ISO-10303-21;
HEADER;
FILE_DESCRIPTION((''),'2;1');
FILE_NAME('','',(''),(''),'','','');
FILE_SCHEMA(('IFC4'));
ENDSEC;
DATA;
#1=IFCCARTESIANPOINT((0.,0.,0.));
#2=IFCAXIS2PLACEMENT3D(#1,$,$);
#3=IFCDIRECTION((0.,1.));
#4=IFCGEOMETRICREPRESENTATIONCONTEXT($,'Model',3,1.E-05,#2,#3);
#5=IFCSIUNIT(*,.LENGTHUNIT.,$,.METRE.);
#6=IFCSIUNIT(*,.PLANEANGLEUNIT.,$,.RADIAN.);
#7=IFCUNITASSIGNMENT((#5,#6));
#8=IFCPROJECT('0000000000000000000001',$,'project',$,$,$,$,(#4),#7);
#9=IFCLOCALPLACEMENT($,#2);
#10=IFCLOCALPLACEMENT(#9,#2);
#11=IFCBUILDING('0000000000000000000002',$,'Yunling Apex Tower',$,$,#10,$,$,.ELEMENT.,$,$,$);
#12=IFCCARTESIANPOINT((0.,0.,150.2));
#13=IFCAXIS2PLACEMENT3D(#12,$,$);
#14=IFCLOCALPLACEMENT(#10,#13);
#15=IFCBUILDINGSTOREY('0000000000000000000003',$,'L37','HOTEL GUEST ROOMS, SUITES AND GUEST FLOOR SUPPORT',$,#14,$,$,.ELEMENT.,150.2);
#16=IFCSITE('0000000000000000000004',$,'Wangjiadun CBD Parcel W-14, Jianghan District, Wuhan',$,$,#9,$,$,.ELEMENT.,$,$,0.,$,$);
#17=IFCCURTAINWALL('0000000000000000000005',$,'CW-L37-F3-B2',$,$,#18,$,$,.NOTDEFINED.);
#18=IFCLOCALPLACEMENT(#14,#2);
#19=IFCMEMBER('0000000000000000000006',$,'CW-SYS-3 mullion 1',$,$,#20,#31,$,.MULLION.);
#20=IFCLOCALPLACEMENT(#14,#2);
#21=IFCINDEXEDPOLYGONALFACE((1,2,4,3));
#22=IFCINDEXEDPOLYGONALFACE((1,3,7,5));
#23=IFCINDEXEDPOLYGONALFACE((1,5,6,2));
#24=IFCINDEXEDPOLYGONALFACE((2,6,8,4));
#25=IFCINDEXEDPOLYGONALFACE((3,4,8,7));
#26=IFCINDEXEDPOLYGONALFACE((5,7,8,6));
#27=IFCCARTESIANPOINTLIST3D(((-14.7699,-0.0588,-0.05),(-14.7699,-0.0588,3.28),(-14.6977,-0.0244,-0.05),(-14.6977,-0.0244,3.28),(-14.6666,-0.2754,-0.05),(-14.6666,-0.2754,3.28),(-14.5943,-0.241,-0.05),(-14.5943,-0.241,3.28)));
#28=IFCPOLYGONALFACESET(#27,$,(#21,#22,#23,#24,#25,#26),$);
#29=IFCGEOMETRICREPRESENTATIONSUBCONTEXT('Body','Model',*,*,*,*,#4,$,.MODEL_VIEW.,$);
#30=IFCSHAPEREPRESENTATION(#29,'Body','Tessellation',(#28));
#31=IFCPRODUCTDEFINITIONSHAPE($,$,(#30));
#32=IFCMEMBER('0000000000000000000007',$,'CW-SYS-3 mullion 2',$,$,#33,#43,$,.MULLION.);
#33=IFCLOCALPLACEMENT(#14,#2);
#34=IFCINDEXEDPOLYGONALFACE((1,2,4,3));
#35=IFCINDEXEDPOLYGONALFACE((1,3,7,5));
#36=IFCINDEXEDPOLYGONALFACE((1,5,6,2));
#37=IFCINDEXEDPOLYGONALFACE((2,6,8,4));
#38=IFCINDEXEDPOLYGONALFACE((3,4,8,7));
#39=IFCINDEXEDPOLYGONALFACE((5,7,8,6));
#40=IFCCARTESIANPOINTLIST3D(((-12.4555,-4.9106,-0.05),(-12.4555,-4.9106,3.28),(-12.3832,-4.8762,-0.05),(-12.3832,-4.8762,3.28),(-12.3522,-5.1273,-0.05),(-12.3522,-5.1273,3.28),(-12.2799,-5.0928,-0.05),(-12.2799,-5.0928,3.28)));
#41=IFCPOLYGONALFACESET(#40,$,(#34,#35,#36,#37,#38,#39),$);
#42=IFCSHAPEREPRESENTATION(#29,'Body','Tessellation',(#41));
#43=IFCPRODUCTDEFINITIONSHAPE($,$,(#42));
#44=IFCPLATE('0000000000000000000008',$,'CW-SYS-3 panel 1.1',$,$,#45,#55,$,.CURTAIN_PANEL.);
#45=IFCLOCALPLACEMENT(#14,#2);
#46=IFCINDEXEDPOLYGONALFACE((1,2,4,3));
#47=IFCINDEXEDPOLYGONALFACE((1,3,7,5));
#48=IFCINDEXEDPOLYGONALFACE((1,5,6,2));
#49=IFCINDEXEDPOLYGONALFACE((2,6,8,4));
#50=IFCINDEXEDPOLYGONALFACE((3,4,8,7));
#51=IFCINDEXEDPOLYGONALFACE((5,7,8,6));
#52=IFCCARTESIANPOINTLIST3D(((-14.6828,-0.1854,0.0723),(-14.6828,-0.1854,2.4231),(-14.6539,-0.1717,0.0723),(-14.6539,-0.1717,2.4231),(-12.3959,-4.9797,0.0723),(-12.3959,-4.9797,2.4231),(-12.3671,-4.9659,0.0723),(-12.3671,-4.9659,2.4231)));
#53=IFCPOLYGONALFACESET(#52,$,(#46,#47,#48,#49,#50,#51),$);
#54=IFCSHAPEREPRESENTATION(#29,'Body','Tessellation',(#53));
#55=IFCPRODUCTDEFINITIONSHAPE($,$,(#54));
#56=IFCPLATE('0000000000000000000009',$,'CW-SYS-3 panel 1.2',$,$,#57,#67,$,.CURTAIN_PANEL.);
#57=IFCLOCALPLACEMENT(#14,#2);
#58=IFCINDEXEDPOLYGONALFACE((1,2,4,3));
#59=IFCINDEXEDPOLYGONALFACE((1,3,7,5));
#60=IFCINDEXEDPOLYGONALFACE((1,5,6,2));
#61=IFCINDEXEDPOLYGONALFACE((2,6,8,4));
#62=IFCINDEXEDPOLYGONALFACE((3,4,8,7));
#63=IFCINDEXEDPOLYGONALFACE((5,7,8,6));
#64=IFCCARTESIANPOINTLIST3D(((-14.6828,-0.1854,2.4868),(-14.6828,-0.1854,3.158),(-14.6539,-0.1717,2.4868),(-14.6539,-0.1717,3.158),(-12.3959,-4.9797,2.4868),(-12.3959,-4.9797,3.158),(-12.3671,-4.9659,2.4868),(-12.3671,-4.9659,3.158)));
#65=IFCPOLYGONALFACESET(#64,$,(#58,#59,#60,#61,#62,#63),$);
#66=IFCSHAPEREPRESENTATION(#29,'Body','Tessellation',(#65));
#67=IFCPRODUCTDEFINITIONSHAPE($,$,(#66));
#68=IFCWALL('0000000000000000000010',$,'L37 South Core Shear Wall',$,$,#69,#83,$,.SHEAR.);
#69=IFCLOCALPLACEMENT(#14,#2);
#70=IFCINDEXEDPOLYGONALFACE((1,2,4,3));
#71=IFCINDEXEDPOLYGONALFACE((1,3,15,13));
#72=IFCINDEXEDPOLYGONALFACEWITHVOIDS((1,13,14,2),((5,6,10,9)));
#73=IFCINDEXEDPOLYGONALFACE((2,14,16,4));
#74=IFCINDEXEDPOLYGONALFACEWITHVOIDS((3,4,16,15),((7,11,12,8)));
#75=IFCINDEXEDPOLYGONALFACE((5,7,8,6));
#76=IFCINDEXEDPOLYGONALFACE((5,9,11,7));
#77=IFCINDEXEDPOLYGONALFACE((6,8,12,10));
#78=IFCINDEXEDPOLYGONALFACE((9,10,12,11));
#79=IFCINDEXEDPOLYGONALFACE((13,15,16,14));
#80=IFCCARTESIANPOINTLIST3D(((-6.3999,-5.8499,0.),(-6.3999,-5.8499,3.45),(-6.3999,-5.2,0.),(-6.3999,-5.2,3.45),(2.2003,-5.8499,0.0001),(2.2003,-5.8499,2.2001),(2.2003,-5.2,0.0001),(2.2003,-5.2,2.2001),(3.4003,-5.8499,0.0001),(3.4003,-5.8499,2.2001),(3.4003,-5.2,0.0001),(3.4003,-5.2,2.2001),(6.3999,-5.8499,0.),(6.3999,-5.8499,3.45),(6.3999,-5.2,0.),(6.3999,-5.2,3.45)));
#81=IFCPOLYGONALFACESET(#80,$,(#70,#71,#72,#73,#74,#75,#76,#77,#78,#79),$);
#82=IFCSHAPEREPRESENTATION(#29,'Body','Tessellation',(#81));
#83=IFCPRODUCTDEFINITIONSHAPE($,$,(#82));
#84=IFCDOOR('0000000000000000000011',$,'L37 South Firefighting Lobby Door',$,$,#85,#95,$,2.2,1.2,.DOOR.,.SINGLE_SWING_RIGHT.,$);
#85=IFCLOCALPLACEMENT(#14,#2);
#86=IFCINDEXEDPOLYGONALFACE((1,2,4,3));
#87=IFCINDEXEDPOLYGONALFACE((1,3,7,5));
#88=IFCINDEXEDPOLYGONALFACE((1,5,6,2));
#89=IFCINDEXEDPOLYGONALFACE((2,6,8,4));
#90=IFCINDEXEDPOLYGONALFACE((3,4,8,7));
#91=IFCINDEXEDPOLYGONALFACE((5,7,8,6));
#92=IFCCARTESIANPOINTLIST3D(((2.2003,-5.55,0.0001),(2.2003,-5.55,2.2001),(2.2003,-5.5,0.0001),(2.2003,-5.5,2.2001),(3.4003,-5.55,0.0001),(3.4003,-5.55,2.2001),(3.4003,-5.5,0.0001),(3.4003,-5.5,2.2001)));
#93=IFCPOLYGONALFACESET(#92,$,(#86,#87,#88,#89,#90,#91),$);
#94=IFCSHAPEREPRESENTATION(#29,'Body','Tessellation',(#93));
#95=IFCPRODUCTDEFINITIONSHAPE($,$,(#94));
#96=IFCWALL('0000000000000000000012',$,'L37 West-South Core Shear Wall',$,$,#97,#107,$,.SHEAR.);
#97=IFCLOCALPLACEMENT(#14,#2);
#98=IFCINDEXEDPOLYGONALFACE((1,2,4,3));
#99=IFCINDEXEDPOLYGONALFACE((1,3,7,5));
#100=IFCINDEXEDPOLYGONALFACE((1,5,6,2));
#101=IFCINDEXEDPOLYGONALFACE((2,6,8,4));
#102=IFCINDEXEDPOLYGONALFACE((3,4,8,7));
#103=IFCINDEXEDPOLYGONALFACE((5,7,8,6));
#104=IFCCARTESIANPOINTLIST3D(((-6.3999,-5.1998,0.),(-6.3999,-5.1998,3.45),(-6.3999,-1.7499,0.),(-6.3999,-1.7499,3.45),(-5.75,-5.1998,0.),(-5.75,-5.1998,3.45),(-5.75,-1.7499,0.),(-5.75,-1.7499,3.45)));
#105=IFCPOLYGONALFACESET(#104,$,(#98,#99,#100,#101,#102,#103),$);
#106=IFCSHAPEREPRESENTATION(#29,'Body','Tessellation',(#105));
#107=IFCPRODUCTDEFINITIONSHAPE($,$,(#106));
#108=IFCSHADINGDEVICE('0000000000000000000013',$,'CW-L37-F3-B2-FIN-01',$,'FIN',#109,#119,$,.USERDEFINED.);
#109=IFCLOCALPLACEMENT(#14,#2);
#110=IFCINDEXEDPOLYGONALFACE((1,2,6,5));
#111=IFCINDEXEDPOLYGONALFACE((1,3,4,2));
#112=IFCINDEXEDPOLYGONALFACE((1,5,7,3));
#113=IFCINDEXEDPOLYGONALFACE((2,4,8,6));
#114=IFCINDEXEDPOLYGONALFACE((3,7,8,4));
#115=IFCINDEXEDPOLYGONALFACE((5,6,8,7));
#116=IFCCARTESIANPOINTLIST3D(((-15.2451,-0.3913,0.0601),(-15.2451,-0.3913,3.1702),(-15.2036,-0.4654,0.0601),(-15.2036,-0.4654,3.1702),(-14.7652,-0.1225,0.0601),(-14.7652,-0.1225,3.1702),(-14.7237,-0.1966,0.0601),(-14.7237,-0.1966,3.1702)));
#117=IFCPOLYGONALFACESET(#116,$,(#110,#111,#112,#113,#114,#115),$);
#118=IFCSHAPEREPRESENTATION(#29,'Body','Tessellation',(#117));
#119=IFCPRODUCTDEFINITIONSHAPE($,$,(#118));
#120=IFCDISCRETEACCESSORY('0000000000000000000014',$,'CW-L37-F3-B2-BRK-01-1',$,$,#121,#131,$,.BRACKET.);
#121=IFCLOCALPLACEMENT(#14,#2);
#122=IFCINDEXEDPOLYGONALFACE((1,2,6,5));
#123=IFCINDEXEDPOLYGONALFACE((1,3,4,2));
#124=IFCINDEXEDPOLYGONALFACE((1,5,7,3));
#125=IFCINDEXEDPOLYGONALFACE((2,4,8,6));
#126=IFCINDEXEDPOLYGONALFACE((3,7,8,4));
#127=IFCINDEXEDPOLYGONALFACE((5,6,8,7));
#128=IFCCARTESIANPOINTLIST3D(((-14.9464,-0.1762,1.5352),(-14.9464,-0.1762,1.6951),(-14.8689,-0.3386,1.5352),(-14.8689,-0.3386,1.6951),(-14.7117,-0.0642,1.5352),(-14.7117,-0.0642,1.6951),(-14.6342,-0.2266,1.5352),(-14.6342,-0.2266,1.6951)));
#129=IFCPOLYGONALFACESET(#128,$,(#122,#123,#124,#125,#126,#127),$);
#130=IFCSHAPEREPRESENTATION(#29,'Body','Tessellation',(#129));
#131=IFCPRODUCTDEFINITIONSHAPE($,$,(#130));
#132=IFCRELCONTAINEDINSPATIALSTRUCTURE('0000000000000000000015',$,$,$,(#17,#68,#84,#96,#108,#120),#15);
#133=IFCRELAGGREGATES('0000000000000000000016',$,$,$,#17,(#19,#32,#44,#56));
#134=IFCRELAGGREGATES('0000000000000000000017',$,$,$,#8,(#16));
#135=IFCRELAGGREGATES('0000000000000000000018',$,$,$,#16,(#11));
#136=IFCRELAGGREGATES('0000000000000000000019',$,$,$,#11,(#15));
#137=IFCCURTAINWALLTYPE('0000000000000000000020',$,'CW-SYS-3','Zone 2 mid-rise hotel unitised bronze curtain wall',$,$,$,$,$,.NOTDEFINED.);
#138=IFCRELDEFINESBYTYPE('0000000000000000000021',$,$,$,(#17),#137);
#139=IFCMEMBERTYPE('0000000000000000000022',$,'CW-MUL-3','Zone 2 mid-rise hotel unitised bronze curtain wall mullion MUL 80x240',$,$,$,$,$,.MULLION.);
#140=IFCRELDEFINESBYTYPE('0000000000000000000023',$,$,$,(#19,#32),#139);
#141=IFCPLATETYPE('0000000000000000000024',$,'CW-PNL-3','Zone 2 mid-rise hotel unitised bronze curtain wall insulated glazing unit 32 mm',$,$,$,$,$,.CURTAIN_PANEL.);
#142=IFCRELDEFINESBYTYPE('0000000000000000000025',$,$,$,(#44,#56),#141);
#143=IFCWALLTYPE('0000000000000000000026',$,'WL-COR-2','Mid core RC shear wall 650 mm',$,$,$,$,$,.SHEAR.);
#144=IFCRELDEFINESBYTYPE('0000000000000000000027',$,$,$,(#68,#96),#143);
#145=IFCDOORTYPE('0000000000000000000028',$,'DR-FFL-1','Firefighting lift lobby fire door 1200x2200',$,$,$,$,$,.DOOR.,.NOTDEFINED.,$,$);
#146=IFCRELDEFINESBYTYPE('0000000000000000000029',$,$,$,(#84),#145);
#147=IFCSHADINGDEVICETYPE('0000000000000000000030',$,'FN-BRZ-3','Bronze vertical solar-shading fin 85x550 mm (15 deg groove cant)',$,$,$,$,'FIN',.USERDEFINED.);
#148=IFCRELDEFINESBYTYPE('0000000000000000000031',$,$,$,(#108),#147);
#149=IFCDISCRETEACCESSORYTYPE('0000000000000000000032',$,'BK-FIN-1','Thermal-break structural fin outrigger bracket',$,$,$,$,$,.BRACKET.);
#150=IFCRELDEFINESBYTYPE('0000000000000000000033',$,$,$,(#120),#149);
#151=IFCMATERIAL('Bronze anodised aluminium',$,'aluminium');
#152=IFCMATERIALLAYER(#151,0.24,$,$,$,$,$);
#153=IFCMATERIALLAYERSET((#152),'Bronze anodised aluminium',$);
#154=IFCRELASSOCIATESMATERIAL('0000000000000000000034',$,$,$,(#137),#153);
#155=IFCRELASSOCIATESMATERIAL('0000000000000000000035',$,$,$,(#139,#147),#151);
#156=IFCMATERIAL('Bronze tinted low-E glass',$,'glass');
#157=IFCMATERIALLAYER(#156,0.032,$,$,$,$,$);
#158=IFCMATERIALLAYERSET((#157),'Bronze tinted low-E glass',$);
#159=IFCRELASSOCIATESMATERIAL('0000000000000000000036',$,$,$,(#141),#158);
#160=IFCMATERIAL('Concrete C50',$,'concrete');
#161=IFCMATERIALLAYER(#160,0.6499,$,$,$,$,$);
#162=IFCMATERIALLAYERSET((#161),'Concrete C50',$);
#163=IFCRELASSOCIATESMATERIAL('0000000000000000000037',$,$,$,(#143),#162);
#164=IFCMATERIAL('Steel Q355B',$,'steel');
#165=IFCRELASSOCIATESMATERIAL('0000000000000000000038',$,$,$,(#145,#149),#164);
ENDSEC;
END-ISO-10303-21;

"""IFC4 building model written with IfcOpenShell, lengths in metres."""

from ifc_helpers import new_model, si_unit, direction, frame, frame_2d, origin, origin_2d, place, context, subcontext, project, spatial, rectangle, extrude, source, transform, mapped, material, layer, layer_set, material_profile, profile_set, type_object, element, fill, aggregate, save


model = new_model("IFC4")

# Units and contexts
model_context = context("Model", 3, precision=1e-05, world=origin(), true_north=direction((0.0, 1.0)))
body_context = subcontext(model_context, "Body", "Model", "MODEL_VIEW")
ifc_project = project(units=[si_unit("LENGTHUNIT", "METRE"), si_unit("PLANEANGLEUNIT", "RADIAN")], contexts=[model_context])

# Site, building, storey
site_placement = place(None, origin())
site = spatial("IfcSite", under=ifc_project, at=site_placement, Name="Wangjiadun CBD Parcel W-14, Jianghan District, Wuhan", CompositionType="ELEMENT", RefElevation=0.0)
building_placement = place(site_placement, origin())
building = spatial("IfcBuilding", under=site, at=building_placement, Name="Yunling Apex Tower", CompositionType="ELEMENT")
storey_placement = place(building_placement, frame((0.0, 0.0, 150.2)))
storey = spatial("IfcBuildingStorey", under=building, at=storey_placement, Name="L37", Description="HOTEL GUEST ROOMS, SUITES AND GUEST FLOOR SUPPORT", CompositionType="ELEMENT", Elevation=150.2)

# Shared definitions
ifc_material_1 = material(Name="Steel Q355B", Category="steel")

# Curtain wall, members, plates
ifc_material_2 = material(Name="Bronze anodised aluminium", Category="aluminium")
ifc_layer_1 = layer(ifc_material_2, 0.24)
ifc_layer_set_1 = layer_set([ifc_layer_1], Name="Bronze anodised aluminium")
curtain_wall_type = type_object("IfcCurtainWallType", Name="CW-SYS-3", Description="Zone 2 mid-rise hotel unitised bronze curtain wall", PredefinedType="NOTDEFINED", material=ifc_layer_set_1)
curtain_wall_placement = place(storey_placement, origin())
curtain_wall = element("IfcCurtainWall", 1, at=curtain_wall_placement, inside=storey, type_object=curtain_wall_type, Name="CW-L37-F3-B2", PredefinedType="NOTDEFINED")
ifc_material_profile_1 = material_profile(ifc_material_2, rectangle(XDim=0.0801, YDim=0.24, at=origin_2d()))
ifc_profile_set_1 = profile_set([ifc_material_profile_1], Name="Bronze anodised aluminium")
member_type_1 = type_object("IfcMemberType", Name="CW-MUL-3", Description="Zone 2 mid-rise hotel unitised bronze curtain wall mullion MUL 80x240", PredefinedType="MULLION", material=ifc_profile_set_1)
shared_shape_1 = source(origin(), body_context, "Body", "SweptSolid", [
    extrude(rectangle(XDim=0.0801, YDim=0.24, at=origin_2d()), origin(), (0.0, 0.0, 1.0), 3.3301),
])
member_1_placement = place(storey_placement, frame((-14.6821, -0.1499, -0.05), z_axis=(0.0, 0.0, 1.0), x_axis=(0.90258, 0.430523, 0.0)))
member_1 = element("IfcMember", 2, at=member_1_placement, type_object=member_type_1, Name="CW-SYS-3 mullion 1", PredefinedType="MULLION", context=body_context, shape_type="MappedRepresentation", body=[
    mapped(shared_shape_1, transform((0.0, 0.0, 0.0), scale=1.0)),
])
member_2_placement = place(storey_placement, frame((-12.3677, -5.0017, -0.05), z_axis=(0.0, 0.0, 1.0), x_axis=(0.90258, 0.430523, 0.0)))
member_2 = element("IfcMember", 3, at=member_2_placement, type_object=member_type_1, Name="CW-SYS-3 mullion 2", PredefinedType="MULLION", context=body_context, shape_type="MappedRepresentation", body=[
    mapped(shared_shape_1, transform((0.0, 0.0, 0.0), scale=1.0)),
])
ifc_material_3 = material(Name="Bronze tinted low-E glass", Category="glass")
ifc_layer_2 = layer(ifc_material_3, 0.032)
ifc_layer_set_2 = layer_set([ifc_layer_2], Name="Bronze tinted low-E glass")
plate_type = type_object("IfcPlateType", Name="CW-PNL-3", Description="Zone 2 mid-rise hotel unitised bronze curtain wall insulated glazing unit 32 mm", PredefinedType="CURTAIN_PANEL", material=ifc_layer_set_2)
shared_shape_2 = source(origin(), body_context, "Body", "SweptSolid", [
    extrude(rectangle(XDim=5.3118, YDim=0.032, at=origin_2d()), origin(), (0.0, 0.0, 1.0), 2.3508),
])
plate_1_placement = place(storey_placement, frame((-13.5249, -2.5757, 0.0723), z_axis=(0.0, 0.0, 1.0), x_axis=(0.430523, -0.90258, 0.0)))
plate_1 = element("IfcPlate", 4, at=plate_1_placement, type_object=plate_type, Name="CW-SYS-3 panel 1.1", PredefinedType="CURTAIN_PANEL", context=body_context, shape_type="MappedRepresentation", body=[
    mapped(shared_shape_2, transform((0.0, 0.0, 0.0), scale=1.0)),
])
shared_shape_3 = source(origin(), body_context, "Body", "SweptSolid", [
    extrude(rectangle(XDim=5.3118, YDim=0.032, at=origin_2d()), origin(), (0.0, 0.0, 1.0), 0.6711),
])
plate_2_placement = place(storey_placement, frame((-13.5249, -2.5757, 2.4868), z_axis=(0.0, 0.0, 1.0), x_axis=(0.430523, -0.90258, 0.0)))
plate_2 = element("IfcPlate", 5, at=plate_2_placement, type_object=plate_type, Name="CW-SYS-3 panel 1.2", PredefinedType="CURTAIN_PANEL", context=body_context, shape_type="MappedRepresentation", body=[
    mapped(shared_shape_3, transform((0.0, 0.0, 0.0), scale=1.0)),
])
aggregate(curtain_wall, [member_1, member_2, plate_1, plate_2])

# Wall, opening, door
ifc_material_4 = material(Name="Concrete C50", Category="concrete")
ifc_layer_3 = layer(ifc_material_4, 0.6499)
ifc_layer_set_3 = layer_set([ifc_layer_3], Name="Concrete C50")
wall_type = type_object("IfcWallType", Name="WL-COR-2", Description="Mid core RC shear wall 650 mm", PredefinedType="SHEAR", material=ifc_layer_set_3)
wall_1_placement = place(storey_placement, frame((-6.3999, -5.5249, 0.0), z_axis=(0.0, 0.0, 1.0), x_axis=(1.0, 0.0, 0.0)))
wall_1 = element("IfcWall", 6, at=wall_1_placement, inside=storey, type_object=wall_type, Name="L37 South Core Shear Wall", PredefinedType="SHEAR", context=body_context, shape_type="SweptSolid", body=[
    extrude(rectangle(XDim=12.7998, YDim=0.6499, at=frame_2d((6.3999, 0.0))), origin(), (0.0, 0.0, 1.0), 3.45),
])
opening_placement = place(wall_1_placement, frame((8.6001, 0.0, 0.0)))
opening = element("IfcOpeningElement", 7, at=opening_placement, cuts=wall_1, PredefinedType="OPENING", context=body_context, shape_type="SweptSolid", body=[
    extrude(rectangle(XDim=1.2, YDim=2.2, at=frame_2d((0.6001, 1.1001))), frame((0.0, 0.335, 0.0), z_axis=(0.0, -1.0, 0.0), x_axis=(1.0, 0.0, 0.0)), (0.0, 0.0, 1.0), 0.6699),
])
door_type = type_object("IfcDoorType", Name="DR-FFL-1", Description="Firefighting lift lobby fire door 1200x2200", OperationType="NOTDEFINED", PredefinedType="DOOR", material=ifc_material_1)
door_placement = place(opening_placement, origin())
door = element("IfcDoor", 8, at=door_placement, inside=storey, type_object=door_type, Name="L37 South Firefighting Lobby Door", OperationType="SINGLE_SWING_RIGHT", OverallHeight=2.2, OverallWidth=1.2, PredefinedType="DOOR", context=body_context, shape_type="SweptSolid", body=[
    extrude(rectangle(XDim=1.2, YDim=2.2, at=frame_2d((0.6001, 1.1001))), frame((0.0, 0.0249, 0.0), z_axis=(0.0, -1.0, 0.0), x_axis=(1.0, 0.0, 0.0)), (0.0, 0.0, 1.0), 0.05),
])
fill(opening, door)

# Wall
wall_2_placement = place(storey_placement, frame((-6.075, -5.2, 0.0), z_axis=(0.0, 0.0, 1.0), x_axis=(0.0, 1.0, 0.0)))
element("IfcWall", 9, at=wall_2_placement, inside=storey, type_object=wall_type, Name="L37 West-South Core Shear Wall", PredefinedType="SHEAR", context=body_context, shape_type="SweptSolid", body=[
    extrude(rectangle(XDim=3.45, YDim=0.6499, at=frame_2d((1.7251, 0.0))), origin(), (0.0, 0.0, 1.0), 3.45),
])

# Shading device
ifc_material_profile_2 = material_profile(ifc_material_2, rectangle(XDim=0.085, YDim=0.55, at=origin_2d()))
ifc_profile_set_2 = profile_set([ifc_material_profile_2], Name="Bronze anodised aluminium")
shading_device_type = type_object("IfcShadingDeviceType", Name="FN-BRZ-3", Description="Bronze vertical solar-shading fin 85x550 mm (15 deg groove cant)", ElementType="FIN", PredefinedType="USERDEFINED", material=ifc_profile_set_2)
shared_shape_4 = source(origin(), body_context, "Body", "SweptSolid", [
    extrude(rectangle(XDim=0.085, YDim=0.55, at=origin_2d()), origin(), (0.0, 0.0, 1.0), 3.1101),
])
shading_device_placement = place(storey_placement, frame((-14.9844, -0.2939, 0.0601), z_axis=(0.0, 0.0, 1.0), x_axis=(0.488621, -0.872496, 0.0)))
element("IfcShadingDevice", 10, at=shading_device_placement, inside=storey, type_object=shading_device_type, Name="CW-L37-F3-B2-FIN-01", ObjectType="FIN", PredefinedType="USERDEFINED", context=body_context, shape_type="MappedRepresentation", body=[
    mapped(shared_shape_4, transform((0.0, 0.0, 0.0), scale=1.0)),
])

# Discrete accessory
discrete_accessory_type = type_object("IfcDiscreteAccessoryType", Name="BK-FIN-1", Description="Thermal-break structural fin outrigger bracket", PredefinedType="BRACKET", material=ifc_material_1)
shared_shape_5 = source(origin(), body_context, "Body", "SweptSolid", [
    extrude(rectangle(XDim=0.1799, YDim=0.26, at=origin_2d()), origin(), (0.0, 0.0, 1.0), 0.1599),
])
discrete_accessory_placement = place(storey_placement, frame((-14.7903, -0.2014, 1.5352), z_axis=(0.0, 0.0, 1.0), x_axis=(0.430511, -0.902585, 0.0)))
element("IfcDiscreteAccessory", 11, at=discrete_accessory_placement, inside=storey, type_object=discrete_accessory_type, Name="CW-L37-F3-B2-BRK-01-1", PredefinedType="BRACKET", context=body_context, shape_type="MappedRepresentation", body=[
    mapped(shared_shape_5, transform((0.0, 0.0, 0.0), scale=1.0)),
])

save(model, "model.ifc")
